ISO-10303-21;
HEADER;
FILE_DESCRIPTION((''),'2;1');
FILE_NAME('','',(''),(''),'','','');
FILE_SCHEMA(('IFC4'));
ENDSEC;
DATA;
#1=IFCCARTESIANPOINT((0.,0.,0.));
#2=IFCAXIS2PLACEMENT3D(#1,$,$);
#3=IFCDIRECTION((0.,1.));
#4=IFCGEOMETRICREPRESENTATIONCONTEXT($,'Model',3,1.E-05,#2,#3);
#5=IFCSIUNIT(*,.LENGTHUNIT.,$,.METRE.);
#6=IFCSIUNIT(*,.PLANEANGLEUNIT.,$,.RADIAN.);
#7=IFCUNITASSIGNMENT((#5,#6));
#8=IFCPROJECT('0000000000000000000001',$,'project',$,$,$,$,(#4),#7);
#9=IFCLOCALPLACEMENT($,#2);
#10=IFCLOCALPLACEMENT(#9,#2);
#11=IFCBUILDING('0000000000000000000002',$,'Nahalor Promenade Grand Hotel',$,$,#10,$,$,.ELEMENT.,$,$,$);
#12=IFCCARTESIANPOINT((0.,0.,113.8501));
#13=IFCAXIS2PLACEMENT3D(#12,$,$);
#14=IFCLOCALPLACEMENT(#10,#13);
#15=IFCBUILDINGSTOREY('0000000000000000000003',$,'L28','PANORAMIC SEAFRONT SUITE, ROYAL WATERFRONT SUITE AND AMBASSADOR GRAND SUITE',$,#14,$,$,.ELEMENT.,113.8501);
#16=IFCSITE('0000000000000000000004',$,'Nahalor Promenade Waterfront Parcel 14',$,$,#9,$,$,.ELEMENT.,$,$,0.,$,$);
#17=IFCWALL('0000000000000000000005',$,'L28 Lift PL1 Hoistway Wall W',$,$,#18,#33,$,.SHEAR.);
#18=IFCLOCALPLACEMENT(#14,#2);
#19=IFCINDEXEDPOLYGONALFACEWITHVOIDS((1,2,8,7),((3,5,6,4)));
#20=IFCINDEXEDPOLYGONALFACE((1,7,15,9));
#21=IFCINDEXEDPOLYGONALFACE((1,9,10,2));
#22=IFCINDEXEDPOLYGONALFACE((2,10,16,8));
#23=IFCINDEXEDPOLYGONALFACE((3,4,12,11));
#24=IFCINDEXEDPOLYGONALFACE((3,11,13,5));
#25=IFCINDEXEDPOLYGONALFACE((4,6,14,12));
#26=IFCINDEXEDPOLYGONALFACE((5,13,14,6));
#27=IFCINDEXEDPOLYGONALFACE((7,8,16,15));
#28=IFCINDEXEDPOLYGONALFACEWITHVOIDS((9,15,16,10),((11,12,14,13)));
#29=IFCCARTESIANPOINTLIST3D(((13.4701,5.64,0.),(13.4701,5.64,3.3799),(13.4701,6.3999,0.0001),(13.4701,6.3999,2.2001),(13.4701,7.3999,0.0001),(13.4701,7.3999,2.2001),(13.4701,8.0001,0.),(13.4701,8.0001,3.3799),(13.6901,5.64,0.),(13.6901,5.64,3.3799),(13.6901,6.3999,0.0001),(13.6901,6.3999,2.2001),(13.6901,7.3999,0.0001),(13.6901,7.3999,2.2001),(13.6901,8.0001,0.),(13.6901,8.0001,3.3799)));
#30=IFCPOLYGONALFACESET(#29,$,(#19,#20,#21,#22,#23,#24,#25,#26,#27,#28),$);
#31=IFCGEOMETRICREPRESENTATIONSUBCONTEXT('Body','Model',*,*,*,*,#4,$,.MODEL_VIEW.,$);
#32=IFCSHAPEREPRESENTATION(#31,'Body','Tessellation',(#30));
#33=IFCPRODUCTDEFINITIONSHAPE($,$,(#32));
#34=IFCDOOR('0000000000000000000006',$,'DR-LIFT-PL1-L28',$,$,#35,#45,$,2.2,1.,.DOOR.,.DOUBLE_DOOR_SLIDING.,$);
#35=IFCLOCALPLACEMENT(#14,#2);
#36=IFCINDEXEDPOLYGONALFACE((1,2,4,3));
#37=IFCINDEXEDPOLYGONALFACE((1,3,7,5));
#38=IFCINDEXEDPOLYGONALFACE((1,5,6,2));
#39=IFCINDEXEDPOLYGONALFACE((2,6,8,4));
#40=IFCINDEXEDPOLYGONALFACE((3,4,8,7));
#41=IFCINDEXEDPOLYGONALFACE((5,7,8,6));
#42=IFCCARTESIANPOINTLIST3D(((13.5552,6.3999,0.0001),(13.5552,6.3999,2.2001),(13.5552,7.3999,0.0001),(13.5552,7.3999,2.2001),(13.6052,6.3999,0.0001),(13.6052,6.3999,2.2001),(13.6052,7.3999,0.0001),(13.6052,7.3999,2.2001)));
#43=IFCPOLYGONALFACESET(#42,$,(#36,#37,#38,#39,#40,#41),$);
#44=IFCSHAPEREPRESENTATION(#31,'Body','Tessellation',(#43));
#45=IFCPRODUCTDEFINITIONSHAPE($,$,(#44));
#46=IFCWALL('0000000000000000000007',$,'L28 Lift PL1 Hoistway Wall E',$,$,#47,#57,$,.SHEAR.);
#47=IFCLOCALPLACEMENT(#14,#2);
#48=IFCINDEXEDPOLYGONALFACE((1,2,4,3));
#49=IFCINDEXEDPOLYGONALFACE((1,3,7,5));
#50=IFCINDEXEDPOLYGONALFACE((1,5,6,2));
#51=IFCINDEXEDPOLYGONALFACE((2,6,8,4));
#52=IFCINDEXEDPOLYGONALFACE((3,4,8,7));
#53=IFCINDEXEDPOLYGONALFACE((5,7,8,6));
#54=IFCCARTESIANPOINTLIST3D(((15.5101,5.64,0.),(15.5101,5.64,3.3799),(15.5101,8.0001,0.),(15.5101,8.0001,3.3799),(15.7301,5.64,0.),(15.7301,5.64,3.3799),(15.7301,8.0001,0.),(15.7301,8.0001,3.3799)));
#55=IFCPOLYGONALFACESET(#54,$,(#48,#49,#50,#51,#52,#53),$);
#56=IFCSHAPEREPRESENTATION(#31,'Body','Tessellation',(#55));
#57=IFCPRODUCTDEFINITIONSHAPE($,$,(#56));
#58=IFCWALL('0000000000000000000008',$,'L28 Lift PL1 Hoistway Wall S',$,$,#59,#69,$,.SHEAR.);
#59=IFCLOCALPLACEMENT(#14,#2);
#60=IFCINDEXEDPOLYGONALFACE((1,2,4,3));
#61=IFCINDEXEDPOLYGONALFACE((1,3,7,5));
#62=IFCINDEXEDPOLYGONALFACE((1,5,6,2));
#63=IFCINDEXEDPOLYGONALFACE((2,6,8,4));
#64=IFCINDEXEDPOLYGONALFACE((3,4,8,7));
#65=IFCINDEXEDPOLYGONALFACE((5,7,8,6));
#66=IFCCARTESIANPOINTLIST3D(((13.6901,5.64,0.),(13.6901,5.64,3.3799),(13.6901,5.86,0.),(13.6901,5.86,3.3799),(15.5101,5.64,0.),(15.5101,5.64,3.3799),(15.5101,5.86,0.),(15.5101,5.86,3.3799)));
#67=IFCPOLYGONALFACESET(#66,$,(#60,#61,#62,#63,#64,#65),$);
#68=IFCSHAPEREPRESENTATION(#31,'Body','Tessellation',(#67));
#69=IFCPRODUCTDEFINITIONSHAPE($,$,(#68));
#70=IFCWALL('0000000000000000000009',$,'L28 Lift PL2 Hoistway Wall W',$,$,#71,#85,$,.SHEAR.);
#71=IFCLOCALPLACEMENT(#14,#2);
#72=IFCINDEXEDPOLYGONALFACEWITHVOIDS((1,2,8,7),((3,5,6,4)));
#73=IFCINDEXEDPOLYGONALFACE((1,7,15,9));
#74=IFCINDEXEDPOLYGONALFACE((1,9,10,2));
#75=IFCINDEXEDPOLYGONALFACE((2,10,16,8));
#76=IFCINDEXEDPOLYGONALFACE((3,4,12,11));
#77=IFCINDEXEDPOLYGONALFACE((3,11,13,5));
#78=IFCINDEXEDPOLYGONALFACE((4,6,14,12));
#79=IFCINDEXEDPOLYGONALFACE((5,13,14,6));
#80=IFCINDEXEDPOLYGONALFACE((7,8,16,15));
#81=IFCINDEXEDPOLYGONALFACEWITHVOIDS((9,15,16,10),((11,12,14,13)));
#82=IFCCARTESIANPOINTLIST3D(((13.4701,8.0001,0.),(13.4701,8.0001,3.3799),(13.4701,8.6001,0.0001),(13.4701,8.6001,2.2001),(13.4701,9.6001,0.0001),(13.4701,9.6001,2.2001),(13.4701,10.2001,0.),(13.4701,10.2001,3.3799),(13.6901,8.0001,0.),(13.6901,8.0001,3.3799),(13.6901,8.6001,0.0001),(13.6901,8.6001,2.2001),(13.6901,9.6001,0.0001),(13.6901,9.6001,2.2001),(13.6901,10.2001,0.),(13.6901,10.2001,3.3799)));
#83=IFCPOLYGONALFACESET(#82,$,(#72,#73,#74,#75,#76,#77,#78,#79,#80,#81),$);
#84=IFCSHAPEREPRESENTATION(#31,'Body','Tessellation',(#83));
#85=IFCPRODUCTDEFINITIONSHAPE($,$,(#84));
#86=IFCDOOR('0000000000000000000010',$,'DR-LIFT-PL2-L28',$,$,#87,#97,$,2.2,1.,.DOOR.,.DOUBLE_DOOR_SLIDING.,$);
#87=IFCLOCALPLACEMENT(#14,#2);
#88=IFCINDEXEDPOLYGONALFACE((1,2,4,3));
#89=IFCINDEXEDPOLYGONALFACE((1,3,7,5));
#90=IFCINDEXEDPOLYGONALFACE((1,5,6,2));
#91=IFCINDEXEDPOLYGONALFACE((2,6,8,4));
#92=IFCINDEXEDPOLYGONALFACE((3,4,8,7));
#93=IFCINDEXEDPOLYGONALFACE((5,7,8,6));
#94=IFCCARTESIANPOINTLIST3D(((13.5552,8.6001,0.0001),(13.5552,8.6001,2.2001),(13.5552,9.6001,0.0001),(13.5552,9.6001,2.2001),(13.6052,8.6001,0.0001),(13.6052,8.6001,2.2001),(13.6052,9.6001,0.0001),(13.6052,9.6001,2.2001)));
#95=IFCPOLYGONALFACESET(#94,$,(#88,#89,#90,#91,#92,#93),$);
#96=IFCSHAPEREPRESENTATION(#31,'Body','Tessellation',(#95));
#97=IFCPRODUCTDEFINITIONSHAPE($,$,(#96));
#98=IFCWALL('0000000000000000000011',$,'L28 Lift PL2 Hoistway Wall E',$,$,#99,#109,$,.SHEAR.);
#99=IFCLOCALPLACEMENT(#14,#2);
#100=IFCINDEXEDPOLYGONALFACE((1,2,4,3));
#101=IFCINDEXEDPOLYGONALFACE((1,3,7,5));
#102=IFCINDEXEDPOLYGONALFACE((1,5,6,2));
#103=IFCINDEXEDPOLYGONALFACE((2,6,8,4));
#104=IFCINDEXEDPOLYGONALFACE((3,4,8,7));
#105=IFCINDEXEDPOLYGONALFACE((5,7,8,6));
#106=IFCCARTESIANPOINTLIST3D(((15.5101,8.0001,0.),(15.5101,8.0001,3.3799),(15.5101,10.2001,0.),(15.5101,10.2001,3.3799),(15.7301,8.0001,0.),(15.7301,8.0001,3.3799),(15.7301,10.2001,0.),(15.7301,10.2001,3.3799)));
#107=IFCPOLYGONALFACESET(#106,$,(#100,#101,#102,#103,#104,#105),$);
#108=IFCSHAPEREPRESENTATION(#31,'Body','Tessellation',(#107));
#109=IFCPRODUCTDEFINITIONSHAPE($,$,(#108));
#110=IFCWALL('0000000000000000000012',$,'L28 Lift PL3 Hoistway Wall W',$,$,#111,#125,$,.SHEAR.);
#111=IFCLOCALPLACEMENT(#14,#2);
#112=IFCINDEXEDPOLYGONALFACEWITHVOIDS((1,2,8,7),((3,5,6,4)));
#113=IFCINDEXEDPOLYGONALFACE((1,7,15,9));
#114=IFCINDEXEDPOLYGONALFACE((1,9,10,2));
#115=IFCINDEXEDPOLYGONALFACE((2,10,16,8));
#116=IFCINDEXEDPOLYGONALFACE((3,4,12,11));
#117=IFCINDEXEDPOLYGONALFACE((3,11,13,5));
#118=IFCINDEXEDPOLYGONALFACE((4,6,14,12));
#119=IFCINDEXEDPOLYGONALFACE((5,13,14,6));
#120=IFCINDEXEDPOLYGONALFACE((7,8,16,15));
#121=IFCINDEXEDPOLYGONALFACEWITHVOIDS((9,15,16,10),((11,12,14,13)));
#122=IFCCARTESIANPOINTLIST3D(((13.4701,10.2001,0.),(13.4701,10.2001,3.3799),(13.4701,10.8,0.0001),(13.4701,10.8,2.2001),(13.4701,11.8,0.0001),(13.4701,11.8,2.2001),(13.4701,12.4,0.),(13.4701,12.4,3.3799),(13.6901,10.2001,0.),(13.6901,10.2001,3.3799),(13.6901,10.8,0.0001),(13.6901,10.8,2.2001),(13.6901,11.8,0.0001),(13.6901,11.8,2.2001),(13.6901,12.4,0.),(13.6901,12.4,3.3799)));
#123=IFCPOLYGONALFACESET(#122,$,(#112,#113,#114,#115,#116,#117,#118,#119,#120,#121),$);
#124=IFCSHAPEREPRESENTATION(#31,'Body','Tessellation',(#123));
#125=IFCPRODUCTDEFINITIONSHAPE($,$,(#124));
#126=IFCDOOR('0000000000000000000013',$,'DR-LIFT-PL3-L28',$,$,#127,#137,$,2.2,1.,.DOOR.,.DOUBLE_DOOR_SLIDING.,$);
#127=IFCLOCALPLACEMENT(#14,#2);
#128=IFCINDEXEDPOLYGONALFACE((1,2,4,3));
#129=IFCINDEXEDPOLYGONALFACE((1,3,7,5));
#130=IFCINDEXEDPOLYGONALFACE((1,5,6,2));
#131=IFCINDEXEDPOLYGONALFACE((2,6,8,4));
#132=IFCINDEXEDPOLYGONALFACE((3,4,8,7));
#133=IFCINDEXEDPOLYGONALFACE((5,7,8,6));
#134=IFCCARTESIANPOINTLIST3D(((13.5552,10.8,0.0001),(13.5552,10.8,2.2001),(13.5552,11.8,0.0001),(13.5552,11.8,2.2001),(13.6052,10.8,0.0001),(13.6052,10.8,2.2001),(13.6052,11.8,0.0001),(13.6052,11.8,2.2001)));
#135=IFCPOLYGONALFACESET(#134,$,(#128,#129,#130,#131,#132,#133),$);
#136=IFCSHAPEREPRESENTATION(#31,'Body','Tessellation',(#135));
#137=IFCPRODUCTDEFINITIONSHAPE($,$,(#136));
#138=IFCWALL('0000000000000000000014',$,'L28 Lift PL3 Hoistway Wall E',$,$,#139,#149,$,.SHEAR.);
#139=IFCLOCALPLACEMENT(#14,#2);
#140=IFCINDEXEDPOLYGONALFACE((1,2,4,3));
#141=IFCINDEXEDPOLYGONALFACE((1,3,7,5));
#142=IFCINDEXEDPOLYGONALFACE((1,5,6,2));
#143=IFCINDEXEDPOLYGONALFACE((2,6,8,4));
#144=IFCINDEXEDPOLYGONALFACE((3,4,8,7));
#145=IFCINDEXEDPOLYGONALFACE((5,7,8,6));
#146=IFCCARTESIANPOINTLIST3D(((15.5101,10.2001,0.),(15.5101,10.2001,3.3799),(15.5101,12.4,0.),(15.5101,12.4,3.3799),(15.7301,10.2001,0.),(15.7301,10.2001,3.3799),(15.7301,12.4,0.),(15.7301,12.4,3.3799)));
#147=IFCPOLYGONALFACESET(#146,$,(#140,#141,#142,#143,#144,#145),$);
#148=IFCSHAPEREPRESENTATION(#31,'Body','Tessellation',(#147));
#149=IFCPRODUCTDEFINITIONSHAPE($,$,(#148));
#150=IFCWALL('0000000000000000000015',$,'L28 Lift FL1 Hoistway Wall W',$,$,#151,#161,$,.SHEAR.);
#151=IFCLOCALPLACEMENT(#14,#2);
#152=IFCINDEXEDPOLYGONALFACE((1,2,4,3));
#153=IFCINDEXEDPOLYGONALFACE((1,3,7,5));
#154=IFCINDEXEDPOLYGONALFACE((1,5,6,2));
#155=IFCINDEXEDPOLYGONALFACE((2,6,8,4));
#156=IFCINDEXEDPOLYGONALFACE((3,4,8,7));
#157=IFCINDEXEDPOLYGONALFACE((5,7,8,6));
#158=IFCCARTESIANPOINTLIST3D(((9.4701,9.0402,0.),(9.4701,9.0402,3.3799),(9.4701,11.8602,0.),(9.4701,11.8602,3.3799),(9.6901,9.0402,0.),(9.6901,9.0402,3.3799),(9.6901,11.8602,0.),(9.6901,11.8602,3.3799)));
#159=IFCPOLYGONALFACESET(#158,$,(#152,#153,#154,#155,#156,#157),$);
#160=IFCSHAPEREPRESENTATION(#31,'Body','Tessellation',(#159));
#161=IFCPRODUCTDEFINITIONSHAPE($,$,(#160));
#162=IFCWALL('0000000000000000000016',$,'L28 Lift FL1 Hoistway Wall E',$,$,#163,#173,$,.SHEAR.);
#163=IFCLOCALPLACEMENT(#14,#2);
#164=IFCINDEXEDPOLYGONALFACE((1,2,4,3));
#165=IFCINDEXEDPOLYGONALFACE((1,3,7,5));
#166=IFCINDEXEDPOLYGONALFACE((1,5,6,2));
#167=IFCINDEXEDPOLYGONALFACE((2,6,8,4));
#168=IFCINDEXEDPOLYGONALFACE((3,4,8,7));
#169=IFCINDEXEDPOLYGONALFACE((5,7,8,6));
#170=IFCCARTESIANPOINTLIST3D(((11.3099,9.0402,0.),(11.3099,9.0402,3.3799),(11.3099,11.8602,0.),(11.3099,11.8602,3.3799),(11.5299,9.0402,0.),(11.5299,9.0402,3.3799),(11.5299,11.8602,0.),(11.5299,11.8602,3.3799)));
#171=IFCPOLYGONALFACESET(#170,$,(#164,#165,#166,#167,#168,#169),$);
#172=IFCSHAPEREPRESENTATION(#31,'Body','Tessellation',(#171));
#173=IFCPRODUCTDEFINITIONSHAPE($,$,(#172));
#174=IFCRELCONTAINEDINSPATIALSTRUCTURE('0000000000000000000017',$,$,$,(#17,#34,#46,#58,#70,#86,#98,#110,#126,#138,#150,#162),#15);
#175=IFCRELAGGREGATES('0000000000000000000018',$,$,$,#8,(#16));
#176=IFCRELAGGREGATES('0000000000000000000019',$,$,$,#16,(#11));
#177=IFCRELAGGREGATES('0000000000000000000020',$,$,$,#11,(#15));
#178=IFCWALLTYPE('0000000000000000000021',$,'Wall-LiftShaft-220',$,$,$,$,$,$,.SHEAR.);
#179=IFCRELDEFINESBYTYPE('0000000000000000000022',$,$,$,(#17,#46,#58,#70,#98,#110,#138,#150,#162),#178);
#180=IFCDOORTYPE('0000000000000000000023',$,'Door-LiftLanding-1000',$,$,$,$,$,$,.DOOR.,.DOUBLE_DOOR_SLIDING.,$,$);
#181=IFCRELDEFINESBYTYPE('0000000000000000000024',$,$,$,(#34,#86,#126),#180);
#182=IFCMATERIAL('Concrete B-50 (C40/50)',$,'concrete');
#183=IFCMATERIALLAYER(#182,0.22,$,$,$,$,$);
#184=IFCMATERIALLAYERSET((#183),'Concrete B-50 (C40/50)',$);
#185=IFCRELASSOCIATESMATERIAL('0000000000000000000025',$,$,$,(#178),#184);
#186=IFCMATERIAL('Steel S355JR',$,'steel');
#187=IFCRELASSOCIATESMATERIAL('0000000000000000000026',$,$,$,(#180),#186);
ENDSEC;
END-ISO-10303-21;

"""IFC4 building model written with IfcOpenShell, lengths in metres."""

from ifc_helpers import new_model, si_unit, direction, frame, frame_2d, origin, place, context, subcontext, project, spatial, rectangle, extrude, source, transform, mapped, material, layer, layer_set, type_object, element, fill, save


model = new_model("IFC4")

# Units and contexts
model_context = context("Model", 3, precision=1e-05, world=origin(), true_north=direction((0.0, 1.0)))
body_context = subcontext(model_context, "Body", "Model", "MODEL_VIEW")
ifc_project = project(units=[si_unit("LENGTHUNIT", "METRE"), si_unit("PLANEANGLEUNIT", "RADIAN")], contexts=[model_context])

# Site, building, storey
site_placement = place(None, origin())
site = spatial("IfcSite", under=ifc_project, at=site_placement, Name="Nahalor Promenade Waterfront Parcel 14", CompositionType="ELEMENT", RefElevation=0.0)
building_placement = place(site_placement, origin())
building = spatial("IfcBuilding", under=site, at=building_placement, Name="Nahalor Promenade Grand Hotel", CompositionType="ELEMENT")
storey_placement = place(building_placement, frame((0.0, 0.0, 113.8501)))
storey = spatial("IfcBuildingStorey", under=building, at=storey_placement, Name="L28", Description="PANORAMIC SEAFRONT SUITE, ROYAL WATERFRONT SUITE AND AMBASSADOR GRAND SUITE", CompositionType="ELEMENT", Elevation=113.8501)

# Shared definitions
ifc_material_1 = material(Name="Steel S355JR", Category="steel")

# Shared definitions
ifc_material_2 = material(Name="Concrete B-50 (C40/50)", Category="concrete")

# Shared definitions
ifc_layer_1 = layer(ifc_material_2, 0.22)
ifc_layer_set_1 = layer_set([ifc_layer_1], Name="Concrete B-50 (C40/50)")
wall_type_1 = type_object("IfcWallType", Name="Wall-LiftShaft-220", PredefinedType="SHEAR", material=ifc_layer_set_1)

# Wall, opening, door
shared_shape_1 = source(origin(), body_context, "Body", "SweptSolid", [
    extrude(rectangle(XDim=2.3601, YDim=0.22, at=frame_2d((1.1802, 0.0))), origin(), (0.0, 0.0, 1.0), 3.3799),
])
wall_1_placement = place(storey_placement, frame((13.5801, 5.6399, 0.0), z_axis=(0.0, 0.0, 1.0), x_axis=(0.0, 1.0, 0.0)))
wall_1 = element("IfcWall", 1, at=wall_1_placement, inside=storey, type_object=wall_type_1, Name="L28 Lift PL1 Hoistway Wall W", PredefinedType="SHEAR", context=body_context, shape_type="MappedRepresentation", body=[
    mapped(shared_shape_1, transform((0.0, 0.0, 0.0), scale=1.0)),
])
opening_1_placement = place(wall_1_placement, frame((0.76, 0.0, 0.0)))
opening_1 = element("IfcOpeningElement", 2, at=opening_1_placement, cuts=wall_1, PredefinedType="OPENING", context=body_context, shape_type="SweptSolid", body=[
    extrude(rectangle(XDim=1.0, YDim=2.2, at=frame_2d((0.5, 1.1001))), frame((0.0, 0.1199, 0.0), z_axis=(0.0, -1.0, 0.0), x_axis=(1.0, 0.0, 0.0)), (0.0, 0.0, 1.0), 0.24),
])
door_type_1 = type_object("IfcDoorType", Name="Door-LiftLanding-1000", OperationType="DOUBLE_DOOR_SLIDING", PredefinedType="DOOR", material=ifc_material_1)
shared_shape_2 = source(origin(), body_context, "Body", "SweptSolid", [
    extrude(rectangle(XDim=1.0, YDim=2.2, at=frame_2d((0.5, 1.1001))), frame((0.0, 0.0249, 0.0), z_axis=(0.0, -1.0, 0.0), x_axis=(1.0, 0.0, 0.0)), (0.0, 0.0, 1.0), 0.05),
])
door_1_placement = place(opening_1_placement, origin())
door_1 = element("IfcDoor", 3, at=door_1_placement, inside=storey, type_object=door_type_1, Name="DR-LIFT-PL1-L28", OperationType="DOUBLE_DOOR_SLIDING", OverallHeight=2.2, OverallWidth=1.0, PredefinedType="DOOR", context=body_context, shape_type="MappedRepresentation", body=[
    mapped(shared_shape_2, transform((0.0, 0.0, 0.0), scale=1.0)),
])
fill(opening_1, door_1)

# Walls
wall_2_placement = place(storey_placement, frame((15.6201, 5.6399, 0.0), z_axis=(0.0, 0.0, 1.0), x_axis=(0.0, 1.0, 0.0)))
element("IfcWall", 4, at=wall_2_placement, inside=storey, type_object=wall_type_1, Name="L28 Lift PL1 Hoistway Wall E", PredefinedType="SHEAR", context=body_context, shape_type="MappedRepresentation", body=[
    mapped(shared_shape_1, transform((0.0, 0.0, 0.0), scale=1.0)),
])
shared_shape_3 = source(origin(), body_context, "Body", "SweptSolid", [
    extrude(rectangle(XDim=1.8201, YDim=0.22, at=frame_2d((0.9102, 0.0))), origin(), (0.0, 0.0, 1.0), 3.3799),
])
wall_3_placement = place(storey_placement, frame((13.6899, 5.75, 0.0), z_axis=(0.0, 0.0, 1.0), x_axis=(1.0, 0.0, 0.0)))
element("IfcWall", 5, at=wall_3_placement, inside=storey, type_object=wall_type_1, Name="L28 Lift PL1 Hoistway Wall S", PredefinedType="SHEAR", context=body_context, shape_type="MappedRepresentation", body=[
    mapped(shared_shape_3, transform((0.0, 0.0, 0.0), scale=1.0)),
])

# Wall, opening, door
shared_shape_4 = source(origin(), body_context, "Body", "SweptSolid", [
    extrude(rectangle(XDim=2.2, YDim=0.22, at=frame_2d((1.1001, 0.0))), origin(), (0.0, 0.0, 1.0), 3.3799),
])
wall_4_placement = place(storey_placement, frame((13.5801, 8.0, 0.0), z_axis=(0.0, 0.0, 1.0), x_axis=(0.0, 1.0, 0.0)))
wall_4 = element("IfcWall", 6, at=wall_4_placement, inside=storey, type_object=wall_type_1, Name="L28 Lift PL2 Hoistway Wall W", PredefinedType="SHEAR", context=body_context, shape_type="MappedRepresentation", body=[
    mapped(shared_shape_4, transform((0.0, 0.0, 0.0), scale=1.0)),
])
opening_2_placement = place(wall_4_placement, frame((0.6001, 0.0, 0.0)))
opening_2 = element("IfcOpeningElement", 7, at=opening_2_placement, cuts=wall_4, PredefinedType="OPENING", context=body_context, shape_type="SweptSolid", body=[
    extrude(rectangle(XDim=1.0, YDim=2.2, at=frame_2d((0.5, 1.1001))), frame((0.0, 0.1199, 0.0), z_axis=(0.0, -1.0, 0.0), x_axis=(1.0, 0.0, 0.0)), (0.0, 0.0, 1.0), 0.24),
])
door_2_placement = place(opening_2_placement, origin())
door_2 = element("IfcDoor", 8, at=door_2_placement, inside=storey, type_object=door_type_1, Name="DR-LIFT-PL2-L28", OperationType="DOUBLE_DOOR_SLIDING", OverallHeight=2.2, OverallWidth=1.0, PredefinedType="DOOR", context=body_context, shape_type="MappedRepresentation", body=[
    mapped(shared_shape_2, transform((0.0, 0.0, 0.0), scale=1.0)),
])
fill(opening_2, door_2)

# Wall
wall_5_placement = place(storey_placement, frame((15.6201, 8.0, 0.0), z_axis=(0.0, 0.0, 1.0), x_axis=(0.0, 1.0, 0.0)))
element("IfcWall", 9, at=wall_5_placement, inside=storey, type_object=wall_type_1, Name="L28 Lift PL2 Hoistway Wall E", PredefinedType="SHEAR", context=body_context, shape_type="MappedRepresentation", body=[
    mapped(shared_shape_4, transform((0.0, 0.0, 0.0), scale=1.0)),
])

# Wall, opening, door
wall_6_placement = place(storey_placement, frame((13.5801, 10.2, 0.0), z_axis=(0.0, 0.0, 1.0), x_axis=(0.0, 1.0, 0.0)))
wall_6 = element("IfcWall", 10, at=wall_6_placement, inside=storey, type_object=wall_type_1, Name="L28 Lift PL3 Hoistway Wall W", PredefinedType="SHEAR", context=body_context, shape_type="MappedRepresentation", body=[
    mapped(shared_shape_4, transform((0.0, 0.0, 0.0), scale=1.0)),
])
opening_3_placement = place(wall_6_placement, frame((0.6001, 0.0, 0.0)))
opening_3 = element("IfcOpeningElement", 11, at=opening_3_placement, cuts=wall_6, PredefinedType="OPENING", context=body_context, shape_type="SweptSolid", body=[
    extrude(rectangle(XDim=1.0, YDim=2.2, at=frame_2d((0.5, 1.1001))), frame((0.0, 0.1199, 0.0), z_axis=(0.0, -1.0, 0.0), x_axis=(1.0, 0.0, 0.0)), (0.0, 0.0, 1.0), 0.24),
])
door_3_placement = place(opening_3_placement, origin())
door_3 = element("IfcDoor", 12, at=door_3_placement, inside=storey, type_object=door_type_1, Name="DR-LIFT-PL3-L28", OperationType="DOUBLE_DOOR_SLIDING", OverallHeight=2.2, OverallWidth=1.0, PredefinedType="DOOR", context=body_context, shape_type="MappedRepresentation", body=[
    mapped(shared_shape_2, transform((0.0, 0.0, 0.0), scale=1.0)),
])
fill(opening_3, door_3)

# Walls
wall_7_placement = place(storey_placement, frame((15.6201, 10.2, 0.0), z_axis=(0.0, 0.0, 1.0), x_axis=(0.0, 1.0, 0.0)))
element("IfcWall", 13, at=wall_7_placement, inside=storey, type_object=wall_type_1, Name="L28 Lift PL3 Hoistway Wall E", PredefinedType="SHEAR", context=body_context, shape_type="MappedRepresentation", body=[
    mapped(shared_shape_4, transform((0.0, 0.0, 0.0), scale=1.0)),
])
shared_shape_5 = source(origin(), body_context, "Body", "SweptSolid", [
    extrude(rectangle(XDim=2.8201, YDim=0.22, at=frame_2d((1.4102, 0.0))), origin(), (0.0, 0.0, 1.0), 3.3799),
])
for number, where, z_axis, x_axis, name in (
    (14, (9.5801, 9.04, 0.0), (0.0, 0.0, 1.0), (0.0, 1.0, 0.0), "L28 Lift FL1 Hoistway Wall W"),
    (15, (11.4199, 9.04, 0.0), (0.0, 0.0, 1.0), (0.0, 1.0, 0.0), "L28 Lift FL1 Hoistway Wall E"),
):
    element("IfcWall", number, at=place(storey_placement, frame(where, z_axis=z_axis, x_axis=x_axis)), inside=storey, type_object=wall_type_1, Name=name, PredefinedType="SHEAR", context=body_context, shape_type="MappedRepresentation", body=[
        mapped(shared_shape_5, transform((0.0, 0.0, 0.0), scale=1.0)),
    ])

save(model, "model.ifc")
